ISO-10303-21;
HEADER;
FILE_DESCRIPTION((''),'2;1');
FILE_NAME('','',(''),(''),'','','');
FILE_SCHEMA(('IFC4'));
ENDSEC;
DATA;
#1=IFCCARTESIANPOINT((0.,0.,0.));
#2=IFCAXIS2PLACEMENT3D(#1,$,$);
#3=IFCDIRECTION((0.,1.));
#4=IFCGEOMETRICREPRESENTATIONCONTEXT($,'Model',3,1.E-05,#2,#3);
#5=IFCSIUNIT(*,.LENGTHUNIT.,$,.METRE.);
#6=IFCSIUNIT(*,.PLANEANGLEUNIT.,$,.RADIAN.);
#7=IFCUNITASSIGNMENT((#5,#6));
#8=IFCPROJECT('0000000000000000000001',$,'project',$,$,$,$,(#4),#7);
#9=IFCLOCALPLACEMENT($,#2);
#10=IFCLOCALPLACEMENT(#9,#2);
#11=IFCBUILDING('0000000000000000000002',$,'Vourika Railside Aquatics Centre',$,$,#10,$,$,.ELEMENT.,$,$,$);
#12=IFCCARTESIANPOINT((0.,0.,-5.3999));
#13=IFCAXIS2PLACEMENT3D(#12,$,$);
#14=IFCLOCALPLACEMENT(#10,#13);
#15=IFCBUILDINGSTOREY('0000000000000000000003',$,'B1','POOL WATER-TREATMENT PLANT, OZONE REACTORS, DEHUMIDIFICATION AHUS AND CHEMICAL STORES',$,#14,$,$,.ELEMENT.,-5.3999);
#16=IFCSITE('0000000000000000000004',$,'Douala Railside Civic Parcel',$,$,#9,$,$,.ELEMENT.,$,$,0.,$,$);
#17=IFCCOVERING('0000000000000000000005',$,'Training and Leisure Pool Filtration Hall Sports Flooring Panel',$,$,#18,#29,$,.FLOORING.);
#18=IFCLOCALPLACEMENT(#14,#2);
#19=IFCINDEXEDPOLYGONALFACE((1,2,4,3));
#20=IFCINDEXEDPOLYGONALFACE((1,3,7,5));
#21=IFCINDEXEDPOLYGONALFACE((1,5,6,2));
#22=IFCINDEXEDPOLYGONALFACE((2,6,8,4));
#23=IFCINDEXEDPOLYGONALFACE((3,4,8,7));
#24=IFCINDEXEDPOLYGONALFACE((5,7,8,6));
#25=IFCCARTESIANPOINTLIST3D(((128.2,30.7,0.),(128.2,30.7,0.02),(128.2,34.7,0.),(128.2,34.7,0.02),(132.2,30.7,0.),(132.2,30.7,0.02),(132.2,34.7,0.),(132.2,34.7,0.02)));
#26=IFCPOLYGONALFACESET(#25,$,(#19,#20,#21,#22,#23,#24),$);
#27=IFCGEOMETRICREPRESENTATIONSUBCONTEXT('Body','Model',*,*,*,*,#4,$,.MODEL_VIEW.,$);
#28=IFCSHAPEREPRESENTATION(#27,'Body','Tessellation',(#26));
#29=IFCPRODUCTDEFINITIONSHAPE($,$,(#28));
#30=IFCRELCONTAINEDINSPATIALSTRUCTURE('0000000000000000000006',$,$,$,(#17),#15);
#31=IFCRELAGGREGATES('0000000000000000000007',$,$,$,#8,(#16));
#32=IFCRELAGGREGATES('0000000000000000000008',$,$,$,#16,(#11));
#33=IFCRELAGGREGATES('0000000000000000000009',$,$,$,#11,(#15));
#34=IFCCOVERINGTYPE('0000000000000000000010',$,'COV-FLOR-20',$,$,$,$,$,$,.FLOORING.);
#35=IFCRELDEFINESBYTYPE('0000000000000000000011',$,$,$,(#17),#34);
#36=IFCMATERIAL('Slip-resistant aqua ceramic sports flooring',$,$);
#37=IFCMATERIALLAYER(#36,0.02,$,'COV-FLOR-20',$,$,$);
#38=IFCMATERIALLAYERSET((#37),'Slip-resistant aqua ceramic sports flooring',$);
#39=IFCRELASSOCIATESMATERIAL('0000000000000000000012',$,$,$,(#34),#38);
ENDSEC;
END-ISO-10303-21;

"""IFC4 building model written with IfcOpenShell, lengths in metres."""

from ifc_helpers import new_model, si_unit, direction, frame, origin, origin_2d, place, context, subcontext, project, spatial, rectangle, extrude, material, layer, layer_set, type_object, element, save


model = new_model("IFC4")

# Units and contexts
model_context = context("Model", 3, precision=1e-05, world=origin(), true_north=direction((0.0, 1.0)))
body_context = subcontext(model_context, "Body", "Model", "MODEL_VIEW")
ifc_project = project(units=[si_unit("LENGTHUNIT", "METRE"), si_unit("PLANEANGLEUNIT", "RADIAN")], contexts=[model_context])

# Site, building, storey
site_placement = place(None, origin())
site = spatial("IfcSite", under=ifc_project, at=site_placement, Name="Douala Railside Civic Parcel", CompositionType="ELEMENT", RefElevation=0.0)
building_placement = place(site_placement, origin())
building = spatial("IfcBuilding", under=site, at=building_placement, Name="Vourika Railside Aquatics Centre", CompositionType="ELEMENT")
storey_placement = place(building_placement, frame((0.0, 0.0, -5.3999)))
storey = spatial("IfcBuildingStorey", under=building, at=storey_placement, Name="B1", Description="POOL WATER-TREATMENT PLANT, OZONE REACTORS, DEHUMIDIFICATION AHUS AND CHEMICAL STORES", CompositionType="ELEMENT", Elevation=-5.3999)

# Covering
ifc_material_1 = material(Name="Slip-resistant aqua ceramic sports flooring")
ifc_layer_1 = layer(ifc_material_1, 0.02, Name="COV-FLOR-20")
ifc_layer_set_1 = layer_set([ifc_layer_1], Name="Slip-resistant aqua ceramic sports flooring")
covering_type_1 = type_object("IfcCoveringType", Name="COV-FLOR-20", PredefinedType="FLOORING", material=ifc_layer_set_1)
covering_1_placement = place(storey_placement, frame((130.2, 32.7, 0.0), z_axis=(0.0, 0.0, 1.0), x_axis=(1.0, 0.0, 0.0)))
element("IfcCovering", 1, at=covering_1_placement, inside=storey, type_object=covering_type_1, Name="Training and Leisure Pool Filtration Hall Sports Flooring Panel", PredefinedType="FLOORING", context=body_context, shape_type="SweptSolid", body=[
    extrude(rectangle(XDim=4.0, YDim=4.0, at=origin_2d()), origin(), (0.0, 0.0, 1.0), 0.02),
])

save(model, "model.ifc")
